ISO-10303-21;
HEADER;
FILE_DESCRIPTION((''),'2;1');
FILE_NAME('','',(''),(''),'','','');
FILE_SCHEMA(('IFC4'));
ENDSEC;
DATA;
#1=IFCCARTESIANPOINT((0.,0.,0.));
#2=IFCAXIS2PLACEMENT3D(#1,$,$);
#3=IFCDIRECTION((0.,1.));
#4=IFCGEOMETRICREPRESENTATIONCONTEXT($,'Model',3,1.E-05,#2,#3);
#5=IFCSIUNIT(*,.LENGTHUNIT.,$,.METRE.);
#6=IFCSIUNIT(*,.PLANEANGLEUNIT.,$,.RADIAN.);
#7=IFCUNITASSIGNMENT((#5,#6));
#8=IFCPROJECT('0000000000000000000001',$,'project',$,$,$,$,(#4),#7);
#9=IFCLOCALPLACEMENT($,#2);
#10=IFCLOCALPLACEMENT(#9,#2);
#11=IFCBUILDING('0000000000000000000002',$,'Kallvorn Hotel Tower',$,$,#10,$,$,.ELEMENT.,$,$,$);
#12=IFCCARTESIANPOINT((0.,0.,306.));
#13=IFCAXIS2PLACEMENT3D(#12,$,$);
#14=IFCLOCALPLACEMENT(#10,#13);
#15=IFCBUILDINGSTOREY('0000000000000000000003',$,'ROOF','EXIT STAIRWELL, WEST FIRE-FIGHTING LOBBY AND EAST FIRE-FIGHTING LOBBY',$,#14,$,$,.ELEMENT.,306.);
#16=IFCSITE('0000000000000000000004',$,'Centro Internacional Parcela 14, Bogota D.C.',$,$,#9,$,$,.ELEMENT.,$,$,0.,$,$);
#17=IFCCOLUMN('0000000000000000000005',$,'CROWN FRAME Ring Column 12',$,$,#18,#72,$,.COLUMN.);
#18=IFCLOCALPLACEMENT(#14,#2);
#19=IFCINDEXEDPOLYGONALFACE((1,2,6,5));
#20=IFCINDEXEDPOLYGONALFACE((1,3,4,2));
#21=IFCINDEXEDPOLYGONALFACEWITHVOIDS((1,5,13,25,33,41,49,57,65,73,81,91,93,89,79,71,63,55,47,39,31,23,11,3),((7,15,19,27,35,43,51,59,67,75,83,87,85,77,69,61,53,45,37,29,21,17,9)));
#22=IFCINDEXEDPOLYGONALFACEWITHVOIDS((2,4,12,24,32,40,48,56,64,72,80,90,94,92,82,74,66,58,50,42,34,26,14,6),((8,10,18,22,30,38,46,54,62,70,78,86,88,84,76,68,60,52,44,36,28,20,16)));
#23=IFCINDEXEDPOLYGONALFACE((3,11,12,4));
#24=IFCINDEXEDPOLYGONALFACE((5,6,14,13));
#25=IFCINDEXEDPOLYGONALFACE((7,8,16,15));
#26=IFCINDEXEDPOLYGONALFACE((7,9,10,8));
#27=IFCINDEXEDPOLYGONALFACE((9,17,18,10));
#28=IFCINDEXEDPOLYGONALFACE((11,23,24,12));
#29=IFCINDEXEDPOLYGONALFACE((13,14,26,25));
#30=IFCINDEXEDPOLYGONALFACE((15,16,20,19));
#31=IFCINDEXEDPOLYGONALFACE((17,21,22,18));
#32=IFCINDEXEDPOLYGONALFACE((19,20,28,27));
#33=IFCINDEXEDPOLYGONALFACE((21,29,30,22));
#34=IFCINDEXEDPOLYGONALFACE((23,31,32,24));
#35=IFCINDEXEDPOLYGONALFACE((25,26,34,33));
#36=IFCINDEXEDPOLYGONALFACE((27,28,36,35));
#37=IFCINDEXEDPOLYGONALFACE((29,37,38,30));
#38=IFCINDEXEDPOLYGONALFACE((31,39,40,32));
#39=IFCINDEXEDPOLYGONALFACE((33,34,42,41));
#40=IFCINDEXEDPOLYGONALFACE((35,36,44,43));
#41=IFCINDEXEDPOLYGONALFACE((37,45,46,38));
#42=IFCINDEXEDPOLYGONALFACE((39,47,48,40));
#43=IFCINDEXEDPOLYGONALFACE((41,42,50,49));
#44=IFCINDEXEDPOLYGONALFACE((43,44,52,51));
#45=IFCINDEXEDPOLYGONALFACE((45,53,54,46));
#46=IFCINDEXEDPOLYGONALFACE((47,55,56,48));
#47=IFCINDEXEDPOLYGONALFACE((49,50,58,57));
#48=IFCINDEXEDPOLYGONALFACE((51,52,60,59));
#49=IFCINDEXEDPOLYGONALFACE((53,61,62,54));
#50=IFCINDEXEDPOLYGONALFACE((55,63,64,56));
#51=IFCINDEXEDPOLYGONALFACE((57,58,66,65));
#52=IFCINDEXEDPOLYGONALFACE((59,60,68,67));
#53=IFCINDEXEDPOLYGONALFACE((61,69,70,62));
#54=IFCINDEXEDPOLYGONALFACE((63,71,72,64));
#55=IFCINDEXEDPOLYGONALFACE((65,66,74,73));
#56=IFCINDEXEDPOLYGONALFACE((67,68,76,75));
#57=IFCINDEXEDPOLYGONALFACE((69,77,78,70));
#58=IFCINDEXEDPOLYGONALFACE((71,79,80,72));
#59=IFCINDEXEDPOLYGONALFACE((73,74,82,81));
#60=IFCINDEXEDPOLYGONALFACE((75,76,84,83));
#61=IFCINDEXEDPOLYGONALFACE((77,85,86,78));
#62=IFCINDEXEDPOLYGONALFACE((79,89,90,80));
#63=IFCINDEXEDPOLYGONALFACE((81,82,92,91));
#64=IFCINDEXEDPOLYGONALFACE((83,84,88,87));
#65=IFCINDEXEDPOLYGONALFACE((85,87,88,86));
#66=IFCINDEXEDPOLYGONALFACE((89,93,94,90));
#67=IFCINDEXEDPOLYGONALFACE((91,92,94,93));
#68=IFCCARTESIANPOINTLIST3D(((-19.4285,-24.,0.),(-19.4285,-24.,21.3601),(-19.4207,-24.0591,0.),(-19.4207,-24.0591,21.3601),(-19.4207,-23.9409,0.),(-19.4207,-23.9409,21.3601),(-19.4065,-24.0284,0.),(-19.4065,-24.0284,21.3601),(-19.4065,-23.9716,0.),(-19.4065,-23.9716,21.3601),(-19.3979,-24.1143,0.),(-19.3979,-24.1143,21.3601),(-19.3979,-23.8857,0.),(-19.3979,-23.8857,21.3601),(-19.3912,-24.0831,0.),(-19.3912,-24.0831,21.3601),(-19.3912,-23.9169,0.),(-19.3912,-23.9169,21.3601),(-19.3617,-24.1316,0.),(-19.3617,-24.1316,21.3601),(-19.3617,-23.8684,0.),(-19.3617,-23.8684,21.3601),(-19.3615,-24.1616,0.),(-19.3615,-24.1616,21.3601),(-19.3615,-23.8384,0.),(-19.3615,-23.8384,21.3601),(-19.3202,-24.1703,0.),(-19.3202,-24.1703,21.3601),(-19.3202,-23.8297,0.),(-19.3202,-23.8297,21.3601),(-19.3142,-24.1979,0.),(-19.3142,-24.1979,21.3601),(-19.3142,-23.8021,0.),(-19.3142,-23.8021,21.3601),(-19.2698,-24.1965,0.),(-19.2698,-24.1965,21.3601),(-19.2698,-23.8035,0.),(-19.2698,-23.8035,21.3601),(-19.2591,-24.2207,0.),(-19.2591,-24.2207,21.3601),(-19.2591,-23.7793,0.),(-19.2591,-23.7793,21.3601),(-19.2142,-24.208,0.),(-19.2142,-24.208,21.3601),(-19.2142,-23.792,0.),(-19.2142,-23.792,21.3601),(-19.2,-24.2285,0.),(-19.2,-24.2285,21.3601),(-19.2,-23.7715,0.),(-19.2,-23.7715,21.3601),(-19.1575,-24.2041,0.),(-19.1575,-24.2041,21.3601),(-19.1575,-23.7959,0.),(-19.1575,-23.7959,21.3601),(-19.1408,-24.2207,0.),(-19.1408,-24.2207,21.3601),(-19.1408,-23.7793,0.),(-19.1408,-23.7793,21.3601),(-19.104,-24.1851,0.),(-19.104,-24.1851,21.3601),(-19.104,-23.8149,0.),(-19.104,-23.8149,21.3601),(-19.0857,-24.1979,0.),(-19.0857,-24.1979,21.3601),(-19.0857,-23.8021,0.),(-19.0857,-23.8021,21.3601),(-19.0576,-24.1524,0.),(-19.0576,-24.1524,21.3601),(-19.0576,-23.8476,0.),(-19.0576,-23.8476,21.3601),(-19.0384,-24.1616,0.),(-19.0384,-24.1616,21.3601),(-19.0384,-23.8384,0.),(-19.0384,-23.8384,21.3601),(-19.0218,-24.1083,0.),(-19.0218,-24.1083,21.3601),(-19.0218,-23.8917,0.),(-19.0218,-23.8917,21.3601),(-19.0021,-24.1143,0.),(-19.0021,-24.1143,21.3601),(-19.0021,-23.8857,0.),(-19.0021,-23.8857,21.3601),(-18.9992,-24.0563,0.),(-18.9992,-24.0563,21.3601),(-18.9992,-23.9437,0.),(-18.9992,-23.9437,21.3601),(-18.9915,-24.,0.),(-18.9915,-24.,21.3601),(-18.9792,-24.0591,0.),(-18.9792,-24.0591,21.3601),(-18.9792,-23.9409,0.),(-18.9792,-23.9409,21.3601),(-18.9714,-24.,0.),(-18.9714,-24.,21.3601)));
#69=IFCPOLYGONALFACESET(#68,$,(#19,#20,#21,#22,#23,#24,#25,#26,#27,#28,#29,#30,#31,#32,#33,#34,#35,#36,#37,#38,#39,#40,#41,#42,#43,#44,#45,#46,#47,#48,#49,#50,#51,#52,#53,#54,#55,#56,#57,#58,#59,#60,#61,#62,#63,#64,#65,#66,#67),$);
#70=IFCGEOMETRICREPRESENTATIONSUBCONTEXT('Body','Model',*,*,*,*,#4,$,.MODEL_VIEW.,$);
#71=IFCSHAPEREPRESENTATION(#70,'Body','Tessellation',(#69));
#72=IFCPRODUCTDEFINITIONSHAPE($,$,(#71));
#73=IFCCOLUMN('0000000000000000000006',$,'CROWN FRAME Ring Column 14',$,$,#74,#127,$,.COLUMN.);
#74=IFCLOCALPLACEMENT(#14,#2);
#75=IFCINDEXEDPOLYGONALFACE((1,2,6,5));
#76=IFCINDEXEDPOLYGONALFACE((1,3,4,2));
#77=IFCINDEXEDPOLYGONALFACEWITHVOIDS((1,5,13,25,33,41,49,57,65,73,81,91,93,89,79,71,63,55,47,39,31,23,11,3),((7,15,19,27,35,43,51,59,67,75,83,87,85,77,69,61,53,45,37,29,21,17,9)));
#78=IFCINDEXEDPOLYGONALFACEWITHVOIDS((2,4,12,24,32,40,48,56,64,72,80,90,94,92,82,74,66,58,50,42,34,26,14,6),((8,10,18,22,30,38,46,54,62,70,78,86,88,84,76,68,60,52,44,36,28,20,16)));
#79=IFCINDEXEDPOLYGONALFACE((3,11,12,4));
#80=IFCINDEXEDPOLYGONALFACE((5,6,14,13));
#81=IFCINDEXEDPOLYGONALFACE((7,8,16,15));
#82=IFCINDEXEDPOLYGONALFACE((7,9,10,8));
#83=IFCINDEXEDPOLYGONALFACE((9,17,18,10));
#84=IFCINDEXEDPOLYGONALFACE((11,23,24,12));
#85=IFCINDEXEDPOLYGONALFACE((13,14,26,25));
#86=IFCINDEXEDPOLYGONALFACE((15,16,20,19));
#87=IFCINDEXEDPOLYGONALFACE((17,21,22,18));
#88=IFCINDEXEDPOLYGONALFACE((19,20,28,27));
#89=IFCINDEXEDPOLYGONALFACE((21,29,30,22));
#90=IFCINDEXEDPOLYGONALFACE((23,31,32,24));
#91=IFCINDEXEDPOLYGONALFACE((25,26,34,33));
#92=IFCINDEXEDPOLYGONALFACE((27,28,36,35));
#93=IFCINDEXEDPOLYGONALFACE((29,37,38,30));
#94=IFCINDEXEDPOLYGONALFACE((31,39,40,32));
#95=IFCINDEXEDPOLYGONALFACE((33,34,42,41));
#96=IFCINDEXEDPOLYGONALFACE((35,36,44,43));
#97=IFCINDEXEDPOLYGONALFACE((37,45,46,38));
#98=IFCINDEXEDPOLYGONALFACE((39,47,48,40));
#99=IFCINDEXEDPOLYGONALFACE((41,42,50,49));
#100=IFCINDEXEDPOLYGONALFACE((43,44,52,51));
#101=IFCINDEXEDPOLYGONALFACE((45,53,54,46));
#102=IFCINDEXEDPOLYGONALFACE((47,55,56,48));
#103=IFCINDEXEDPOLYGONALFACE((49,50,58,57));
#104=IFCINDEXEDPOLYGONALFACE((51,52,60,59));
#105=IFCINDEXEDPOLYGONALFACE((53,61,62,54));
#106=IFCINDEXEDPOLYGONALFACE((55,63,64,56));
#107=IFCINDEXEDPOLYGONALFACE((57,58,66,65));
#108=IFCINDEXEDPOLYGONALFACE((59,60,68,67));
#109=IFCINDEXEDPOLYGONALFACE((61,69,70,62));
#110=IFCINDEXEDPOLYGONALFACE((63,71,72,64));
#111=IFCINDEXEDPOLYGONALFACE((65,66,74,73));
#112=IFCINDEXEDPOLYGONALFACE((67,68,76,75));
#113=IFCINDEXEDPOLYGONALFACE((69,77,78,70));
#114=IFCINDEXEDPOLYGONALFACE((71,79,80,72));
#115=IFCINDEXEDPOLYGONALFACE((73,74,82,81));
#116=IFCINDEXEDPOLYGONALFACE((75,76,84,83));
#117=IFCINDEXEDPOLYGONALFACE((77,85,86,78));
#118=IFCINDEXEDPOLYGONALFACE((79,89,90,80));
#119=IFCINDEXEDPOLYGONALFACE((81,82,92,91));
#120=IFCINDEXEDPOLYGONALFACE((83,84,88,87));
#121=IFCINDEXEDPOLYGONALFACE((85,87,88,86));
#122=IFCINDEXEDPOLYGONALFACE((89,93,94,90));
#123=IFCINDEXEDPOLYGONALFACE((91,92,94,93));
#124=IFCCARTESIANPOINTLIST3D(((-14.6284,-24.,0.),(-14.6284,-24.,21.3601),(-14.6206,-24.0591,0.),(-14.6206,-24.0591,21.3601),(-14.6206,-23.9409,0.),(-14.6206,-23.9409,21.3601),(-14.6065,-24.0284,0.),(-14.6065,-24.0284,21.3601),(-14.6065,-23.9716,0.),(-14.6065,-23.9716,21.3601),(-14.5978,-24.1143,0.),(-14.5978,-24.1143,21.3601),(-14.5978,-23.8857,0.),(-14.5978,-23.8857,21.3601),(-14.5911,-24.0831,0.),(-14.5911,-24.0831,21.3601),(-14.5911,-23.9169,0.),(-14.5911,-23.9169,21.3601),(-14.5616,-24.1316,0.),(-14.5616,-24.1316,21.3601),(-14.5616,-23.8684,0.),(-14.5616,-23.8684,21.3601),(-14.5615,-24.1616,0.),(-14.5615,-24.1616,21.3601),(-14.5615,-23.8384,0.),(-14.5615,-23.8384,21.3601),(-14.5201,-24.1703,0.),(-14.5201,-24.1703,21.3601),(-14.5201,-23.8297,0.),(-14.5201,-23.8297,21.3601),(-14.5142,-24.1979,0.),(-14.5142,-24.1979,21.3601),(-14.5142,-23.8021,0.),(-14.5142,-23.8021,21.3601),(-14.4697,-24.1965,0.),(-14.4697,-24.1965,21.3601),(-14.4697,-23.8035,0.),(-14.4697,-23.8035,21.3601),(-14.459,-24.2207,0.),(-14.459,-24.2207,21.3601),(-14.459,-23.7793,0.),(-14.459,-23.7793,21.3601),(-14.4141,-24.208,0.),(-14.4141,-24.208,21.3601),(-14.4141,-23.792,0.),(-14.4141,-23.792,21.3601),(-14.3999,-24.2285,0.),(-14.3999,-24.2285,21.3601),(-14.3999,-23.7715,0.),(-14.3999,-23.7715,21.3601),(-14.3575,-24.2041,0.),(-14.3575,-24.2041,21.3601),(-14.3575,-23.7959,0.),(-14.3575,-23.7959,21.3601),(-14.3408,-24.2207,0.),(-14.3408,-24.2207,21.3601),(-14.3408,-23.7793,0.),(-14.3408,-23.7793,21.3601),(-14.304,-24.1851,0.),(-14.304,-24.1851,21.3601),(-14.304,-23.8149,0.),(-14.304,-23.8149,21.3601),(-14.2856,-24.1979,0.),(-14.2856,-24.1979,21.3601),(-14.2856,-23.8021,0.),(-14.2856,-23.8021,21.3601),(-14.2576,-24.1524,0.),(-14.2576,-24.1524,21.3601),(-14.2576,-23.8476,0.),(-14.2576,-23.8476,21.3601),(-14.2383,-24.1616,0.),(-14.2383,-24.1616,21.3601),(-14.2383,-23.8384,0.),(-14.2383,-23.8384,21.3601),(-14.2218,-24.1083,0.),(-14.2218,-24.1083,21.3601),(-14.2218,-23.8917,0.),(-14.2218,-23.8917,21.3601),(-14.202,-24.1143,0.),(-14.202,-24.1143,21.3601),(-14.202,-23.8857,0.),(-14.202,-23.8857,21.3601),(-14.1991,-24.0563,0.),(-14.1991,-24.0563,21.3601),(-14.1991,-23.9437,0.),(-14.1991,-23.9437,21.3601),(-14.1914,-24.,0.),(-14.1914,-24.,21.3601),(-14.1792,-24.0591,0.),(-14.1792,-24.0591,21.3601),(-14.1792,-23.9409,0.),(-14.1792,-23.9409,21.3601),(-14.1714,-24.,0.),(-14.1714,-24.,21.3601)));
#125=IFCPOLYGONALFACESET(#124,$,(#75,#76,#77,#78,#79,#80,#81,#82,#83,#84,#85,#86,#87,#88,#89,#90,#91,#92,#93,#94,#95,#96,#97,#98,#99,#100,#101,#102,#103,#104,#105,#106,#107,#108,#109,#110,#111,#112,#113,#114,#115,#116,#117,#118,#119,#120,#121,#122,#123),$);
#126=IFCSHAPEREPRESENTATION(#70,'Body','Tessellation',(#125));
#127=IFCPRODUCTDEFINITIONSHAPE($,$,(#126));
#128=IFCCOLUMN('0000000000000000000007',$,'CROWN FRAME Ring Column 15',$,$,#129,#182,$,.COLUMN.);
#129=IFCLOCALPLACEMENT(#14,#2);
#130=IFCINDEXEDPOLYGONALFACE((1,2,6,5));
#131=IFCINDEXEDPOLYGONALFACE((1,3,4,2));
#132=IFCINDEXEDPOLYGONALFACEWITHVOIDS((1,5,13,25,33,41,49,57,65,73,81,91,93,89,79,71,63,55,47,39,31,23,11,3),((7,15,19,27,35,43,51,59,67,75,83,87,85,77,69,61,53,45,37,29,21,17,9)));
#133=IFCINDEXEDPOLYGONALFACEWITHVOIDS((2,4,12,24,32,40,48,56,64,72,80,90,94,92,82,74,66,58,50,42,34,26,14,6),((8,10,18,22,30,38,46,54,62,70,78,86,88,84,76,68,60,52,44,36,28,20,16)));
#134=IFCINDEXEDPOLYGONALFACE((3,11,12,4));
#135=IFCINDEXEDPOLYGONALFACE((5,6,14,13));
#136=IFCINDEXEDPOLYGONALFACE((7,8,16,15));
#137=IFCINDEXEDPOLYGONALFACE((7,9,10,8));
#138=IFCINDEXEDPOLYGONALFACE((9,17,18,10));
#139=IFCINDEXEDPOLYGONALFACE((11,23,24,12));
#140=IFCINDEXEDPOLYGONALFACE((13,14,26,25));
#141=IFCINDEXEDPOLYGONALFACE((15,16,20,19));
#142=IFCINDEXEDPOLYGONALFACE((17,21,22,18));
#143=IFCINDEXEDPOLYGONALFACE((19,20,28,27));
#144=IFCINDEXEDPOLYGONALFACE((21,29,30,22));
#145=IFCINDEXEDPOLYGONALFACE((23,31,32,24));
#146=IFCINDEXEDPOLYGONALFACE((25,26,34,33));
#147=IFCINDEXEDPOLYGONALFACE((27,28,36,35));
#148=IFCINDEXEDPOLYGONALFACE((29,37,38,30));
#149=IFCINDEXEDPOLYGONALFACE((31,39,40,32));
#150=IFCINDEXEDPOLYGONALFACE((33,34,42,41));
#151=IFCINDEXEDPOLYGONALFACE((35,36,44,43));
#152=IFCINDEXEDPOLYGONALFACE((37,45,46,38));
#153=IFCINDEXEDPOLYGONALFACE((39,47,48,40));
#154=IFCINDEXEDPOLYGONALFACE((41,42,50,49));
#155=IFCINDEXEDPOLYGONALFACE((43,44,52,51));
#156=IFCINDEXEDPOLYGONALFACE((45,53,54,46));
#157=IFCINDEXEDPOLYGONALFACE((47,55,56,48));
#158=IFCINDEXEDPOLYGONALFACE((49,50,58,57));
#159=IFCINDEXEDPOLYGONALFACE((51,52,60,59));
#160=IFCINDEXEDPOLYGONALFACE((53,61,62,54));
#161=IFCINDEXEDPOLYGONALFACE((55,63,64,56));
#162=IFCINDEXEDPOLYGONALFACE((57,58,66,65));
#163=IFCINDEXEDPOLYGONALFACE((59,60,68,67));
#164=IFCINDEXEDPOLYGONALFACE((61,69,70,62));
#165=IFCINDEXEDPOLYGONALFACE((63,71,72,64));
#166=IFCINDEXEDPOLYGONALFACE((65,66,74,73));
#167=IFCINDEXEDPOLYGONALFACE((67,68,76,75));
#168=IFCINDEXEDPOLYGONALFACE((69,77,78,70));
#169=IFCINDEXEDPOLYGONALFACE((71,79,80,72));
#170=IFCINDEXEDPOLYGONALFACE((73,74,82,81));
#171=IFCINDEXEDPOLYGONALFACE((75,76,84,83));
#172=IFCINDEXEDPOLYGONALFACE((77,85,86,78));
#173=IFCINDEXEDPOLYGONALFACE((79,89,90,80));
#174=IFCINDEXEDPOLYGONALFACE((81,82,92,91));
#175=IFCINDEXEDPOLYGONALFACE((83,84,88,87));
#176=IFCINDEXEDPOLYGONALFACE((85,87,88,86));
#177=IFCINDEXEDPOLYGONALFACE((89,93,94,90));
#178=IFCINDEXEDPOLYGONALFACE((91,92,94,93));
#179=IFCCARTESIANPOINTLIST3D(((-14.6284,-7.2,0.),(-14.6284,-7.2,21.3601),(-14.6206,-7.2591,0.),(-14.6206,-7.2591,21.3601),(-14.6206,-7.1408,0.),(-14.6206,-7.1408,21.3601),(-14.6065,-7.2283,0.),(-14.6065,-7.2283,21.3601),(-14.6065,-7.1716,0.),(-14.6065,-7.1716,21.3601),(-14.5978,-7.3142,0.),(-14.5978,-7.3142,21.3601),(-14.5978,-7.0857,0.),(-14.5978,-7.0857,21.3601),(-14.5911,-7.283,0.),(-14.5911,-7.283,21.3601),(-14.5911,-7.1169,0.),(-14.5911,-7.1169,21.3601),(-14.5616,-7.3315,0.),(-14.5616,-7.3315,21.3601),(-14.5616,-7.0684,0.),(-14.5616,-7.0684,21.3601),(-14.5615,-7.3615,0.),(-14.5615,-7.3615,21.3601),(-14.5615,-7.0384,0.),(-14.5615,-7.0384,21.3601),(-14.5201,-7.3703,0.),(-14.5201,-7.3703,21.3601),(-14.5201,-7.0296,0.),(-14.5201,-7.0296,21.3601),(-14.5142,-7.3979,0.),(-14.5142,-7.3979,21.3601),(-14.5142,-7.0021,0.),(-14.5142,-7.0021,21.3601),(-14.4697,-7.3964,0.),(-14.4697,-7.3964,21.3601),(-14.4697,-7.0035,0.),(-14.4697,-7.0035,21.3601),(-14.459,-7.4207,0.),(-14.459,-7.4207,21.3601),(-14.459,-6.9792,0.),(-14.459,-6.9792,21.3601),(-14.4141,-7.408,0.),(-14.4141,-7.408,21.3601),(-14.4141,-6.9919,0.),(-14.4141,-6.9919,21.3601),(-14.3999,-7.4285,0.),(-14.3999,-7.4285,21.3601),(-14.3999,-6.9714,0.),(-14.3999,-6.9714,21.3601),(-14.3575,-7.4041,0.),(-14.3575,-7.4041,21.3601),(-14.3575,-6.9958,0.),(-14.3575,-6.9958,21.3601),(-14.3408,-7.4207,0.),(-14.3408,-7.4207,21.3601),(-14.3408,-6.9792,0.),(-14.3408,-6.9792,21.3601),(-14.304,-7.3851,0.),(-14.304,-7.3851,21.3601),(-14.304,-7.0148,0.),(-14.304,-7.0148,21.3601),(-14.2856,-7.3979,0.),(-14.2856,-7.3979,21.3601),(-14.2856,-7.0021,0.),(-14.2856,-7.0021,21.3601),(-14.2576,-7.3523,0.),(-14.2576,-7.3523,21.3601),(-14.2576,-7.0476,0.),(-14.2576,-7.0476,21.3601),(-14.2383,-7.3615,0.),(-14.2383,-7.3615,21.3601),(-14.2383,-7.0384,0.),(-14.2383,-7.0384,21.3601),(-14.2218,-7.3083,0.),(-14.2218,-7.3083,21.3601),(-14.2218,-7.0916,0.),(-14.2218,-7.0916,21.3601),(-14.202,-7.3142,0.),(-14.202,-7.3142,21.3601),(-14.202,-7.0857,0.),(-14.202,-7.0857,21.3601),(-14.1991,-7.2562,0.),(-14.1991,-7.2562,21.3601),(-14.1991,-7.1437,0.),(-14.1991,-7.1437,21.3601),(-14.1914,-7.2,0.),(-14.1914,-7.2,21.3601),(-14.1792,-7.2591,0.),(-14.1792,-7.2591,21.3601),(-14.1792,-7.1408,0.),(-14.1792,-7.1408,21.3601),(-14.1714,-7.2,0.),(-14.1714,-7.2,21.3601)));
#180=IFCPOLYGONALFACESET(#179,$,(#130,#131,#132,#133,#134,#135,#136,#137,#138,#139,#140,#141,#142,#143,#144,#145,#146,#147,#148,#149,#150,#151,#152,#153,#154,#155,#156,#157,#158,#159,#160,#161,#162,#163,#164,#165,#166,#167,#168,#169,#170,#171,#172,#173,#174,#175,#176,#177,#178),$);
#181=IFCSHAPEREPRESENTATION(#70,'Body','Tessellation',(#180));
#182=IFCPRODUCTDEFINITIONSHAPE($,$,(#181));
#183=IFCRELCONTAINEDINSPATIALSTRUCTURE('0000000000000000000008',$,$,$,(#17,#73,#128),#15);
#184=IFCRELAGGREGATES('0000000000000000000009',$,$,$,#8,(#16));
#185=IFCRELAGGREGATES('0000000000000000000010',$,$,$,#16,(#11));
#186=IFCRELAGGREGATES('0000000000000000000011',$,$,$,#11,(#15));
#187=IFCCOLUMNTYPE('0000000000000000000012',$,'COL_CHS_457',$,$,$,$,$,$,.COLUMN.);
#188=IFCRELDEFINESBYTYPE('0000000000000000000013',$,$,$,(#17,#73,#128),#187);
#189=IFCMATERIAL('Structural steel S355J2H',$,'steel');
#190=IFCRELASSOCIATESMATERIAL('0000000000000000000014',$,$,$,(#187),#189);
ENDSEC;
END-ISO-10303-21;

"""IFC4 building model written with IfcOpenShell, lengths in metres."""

from ifc_helpers import new_model, si_unit, direction, frame, origin, origin_2d, place, context, subcontext, project, spatial, hollow_circle, extrude, material, material_profile, profile_set, type_object, element, save


model = new_model("IFC4")

# Units and contexts
model_context = context("Model", 3, precision=1e-05, world=origin(), true_north=direction((0.0, 1.0)))
body_context = subcontext(model_context, "Body", "Model", "MODEL_VIEW")
ifc_project = project(units=[si_unit("LENGTHUNIT", "METRE"), si_unit("PLANEANGLEUNIT", "RADIAN")], contexts=[model_context])

# Site, building, storey
site_placement = place(None, origin())
site = spatial("IfcSite", under=ifc_project, at=site_placement, Name="Centro Internacional Parcela 14, Bogota D.C.", CompositionType="ELEMENT", RefElevation=0.0)
building_placement = place(site_placement, origin())
building = spatial("IfcBuilding", under=site, at=building_placement, Name="Kallvorn Hotel Tower", CompositionType="ELEMENT")
storey_placement = place(building_placement, frame((0.0, 0.0, 306.0)))
storey = spatial("IfcBuildingStorey", under=building, at=storey_placement, Name="ROOF", Description="EXIT STAIRWELL, WEST FIRE-FIGHTING LOBBY AND EAST FIRE-FIGHTING LOBBY", CompositionType="ELEMENT", Elevation=306.0)

# Columns
ifc_material_1 = material(Name="Structural steel S355J2H", Category="steel")
ifc_material_profile_1 = material_profile(ifc_material_1, hollow_circle(Radius=0.2285, WallThickness=0.02, at=origin_2d()), Name="CHS 457x20")
ifc_profile_set_1 = profile_set([ifc_material_profile_1], Name="Structural steel S355J2H")
column_type = type_object("IfcColumnType", Name="COL_CHS_457", PredefinedType="COLUMN", material=ifc_profile_set_1)
for number, where, z_axis, x_axis, name in (
    (1, (-19.2, -24.0, 0.0), (0.0, 0.0, 1.0), (1.0, 0.0, 0.0), "CROWN FRAME Ring Column 12"),
    (2, (-14.3999, -24.0, 0.0), (0.0, 0.0, 1.0), (1.0, 0.0, 0.0), "CROWN FRAME Ring Column 14"),
    (3, (-14.3999, -7.2, 0.0), (0.0, 0.0, 1.0), (1.0, 0.0, 0.0), "CROWN FRAME Ring Column 15"),
):
    element("IfcColumn", number, at=place(storey_placement, frame(where, z_axis=z_axis, x_axis=x_axis)), inside=storey, type_object=column_type, Name=name, PredefinedType="COLUMN", context=body_context, shape_type="SweptSolid", body=[
        extrude(hollow_circle(Radius=0.2285, WallThickness=0.02, at=origin_2d()), origin(), (0.0, 0.0, 1.0), 21.3601),
    ])

save(model, "model.ifc")
